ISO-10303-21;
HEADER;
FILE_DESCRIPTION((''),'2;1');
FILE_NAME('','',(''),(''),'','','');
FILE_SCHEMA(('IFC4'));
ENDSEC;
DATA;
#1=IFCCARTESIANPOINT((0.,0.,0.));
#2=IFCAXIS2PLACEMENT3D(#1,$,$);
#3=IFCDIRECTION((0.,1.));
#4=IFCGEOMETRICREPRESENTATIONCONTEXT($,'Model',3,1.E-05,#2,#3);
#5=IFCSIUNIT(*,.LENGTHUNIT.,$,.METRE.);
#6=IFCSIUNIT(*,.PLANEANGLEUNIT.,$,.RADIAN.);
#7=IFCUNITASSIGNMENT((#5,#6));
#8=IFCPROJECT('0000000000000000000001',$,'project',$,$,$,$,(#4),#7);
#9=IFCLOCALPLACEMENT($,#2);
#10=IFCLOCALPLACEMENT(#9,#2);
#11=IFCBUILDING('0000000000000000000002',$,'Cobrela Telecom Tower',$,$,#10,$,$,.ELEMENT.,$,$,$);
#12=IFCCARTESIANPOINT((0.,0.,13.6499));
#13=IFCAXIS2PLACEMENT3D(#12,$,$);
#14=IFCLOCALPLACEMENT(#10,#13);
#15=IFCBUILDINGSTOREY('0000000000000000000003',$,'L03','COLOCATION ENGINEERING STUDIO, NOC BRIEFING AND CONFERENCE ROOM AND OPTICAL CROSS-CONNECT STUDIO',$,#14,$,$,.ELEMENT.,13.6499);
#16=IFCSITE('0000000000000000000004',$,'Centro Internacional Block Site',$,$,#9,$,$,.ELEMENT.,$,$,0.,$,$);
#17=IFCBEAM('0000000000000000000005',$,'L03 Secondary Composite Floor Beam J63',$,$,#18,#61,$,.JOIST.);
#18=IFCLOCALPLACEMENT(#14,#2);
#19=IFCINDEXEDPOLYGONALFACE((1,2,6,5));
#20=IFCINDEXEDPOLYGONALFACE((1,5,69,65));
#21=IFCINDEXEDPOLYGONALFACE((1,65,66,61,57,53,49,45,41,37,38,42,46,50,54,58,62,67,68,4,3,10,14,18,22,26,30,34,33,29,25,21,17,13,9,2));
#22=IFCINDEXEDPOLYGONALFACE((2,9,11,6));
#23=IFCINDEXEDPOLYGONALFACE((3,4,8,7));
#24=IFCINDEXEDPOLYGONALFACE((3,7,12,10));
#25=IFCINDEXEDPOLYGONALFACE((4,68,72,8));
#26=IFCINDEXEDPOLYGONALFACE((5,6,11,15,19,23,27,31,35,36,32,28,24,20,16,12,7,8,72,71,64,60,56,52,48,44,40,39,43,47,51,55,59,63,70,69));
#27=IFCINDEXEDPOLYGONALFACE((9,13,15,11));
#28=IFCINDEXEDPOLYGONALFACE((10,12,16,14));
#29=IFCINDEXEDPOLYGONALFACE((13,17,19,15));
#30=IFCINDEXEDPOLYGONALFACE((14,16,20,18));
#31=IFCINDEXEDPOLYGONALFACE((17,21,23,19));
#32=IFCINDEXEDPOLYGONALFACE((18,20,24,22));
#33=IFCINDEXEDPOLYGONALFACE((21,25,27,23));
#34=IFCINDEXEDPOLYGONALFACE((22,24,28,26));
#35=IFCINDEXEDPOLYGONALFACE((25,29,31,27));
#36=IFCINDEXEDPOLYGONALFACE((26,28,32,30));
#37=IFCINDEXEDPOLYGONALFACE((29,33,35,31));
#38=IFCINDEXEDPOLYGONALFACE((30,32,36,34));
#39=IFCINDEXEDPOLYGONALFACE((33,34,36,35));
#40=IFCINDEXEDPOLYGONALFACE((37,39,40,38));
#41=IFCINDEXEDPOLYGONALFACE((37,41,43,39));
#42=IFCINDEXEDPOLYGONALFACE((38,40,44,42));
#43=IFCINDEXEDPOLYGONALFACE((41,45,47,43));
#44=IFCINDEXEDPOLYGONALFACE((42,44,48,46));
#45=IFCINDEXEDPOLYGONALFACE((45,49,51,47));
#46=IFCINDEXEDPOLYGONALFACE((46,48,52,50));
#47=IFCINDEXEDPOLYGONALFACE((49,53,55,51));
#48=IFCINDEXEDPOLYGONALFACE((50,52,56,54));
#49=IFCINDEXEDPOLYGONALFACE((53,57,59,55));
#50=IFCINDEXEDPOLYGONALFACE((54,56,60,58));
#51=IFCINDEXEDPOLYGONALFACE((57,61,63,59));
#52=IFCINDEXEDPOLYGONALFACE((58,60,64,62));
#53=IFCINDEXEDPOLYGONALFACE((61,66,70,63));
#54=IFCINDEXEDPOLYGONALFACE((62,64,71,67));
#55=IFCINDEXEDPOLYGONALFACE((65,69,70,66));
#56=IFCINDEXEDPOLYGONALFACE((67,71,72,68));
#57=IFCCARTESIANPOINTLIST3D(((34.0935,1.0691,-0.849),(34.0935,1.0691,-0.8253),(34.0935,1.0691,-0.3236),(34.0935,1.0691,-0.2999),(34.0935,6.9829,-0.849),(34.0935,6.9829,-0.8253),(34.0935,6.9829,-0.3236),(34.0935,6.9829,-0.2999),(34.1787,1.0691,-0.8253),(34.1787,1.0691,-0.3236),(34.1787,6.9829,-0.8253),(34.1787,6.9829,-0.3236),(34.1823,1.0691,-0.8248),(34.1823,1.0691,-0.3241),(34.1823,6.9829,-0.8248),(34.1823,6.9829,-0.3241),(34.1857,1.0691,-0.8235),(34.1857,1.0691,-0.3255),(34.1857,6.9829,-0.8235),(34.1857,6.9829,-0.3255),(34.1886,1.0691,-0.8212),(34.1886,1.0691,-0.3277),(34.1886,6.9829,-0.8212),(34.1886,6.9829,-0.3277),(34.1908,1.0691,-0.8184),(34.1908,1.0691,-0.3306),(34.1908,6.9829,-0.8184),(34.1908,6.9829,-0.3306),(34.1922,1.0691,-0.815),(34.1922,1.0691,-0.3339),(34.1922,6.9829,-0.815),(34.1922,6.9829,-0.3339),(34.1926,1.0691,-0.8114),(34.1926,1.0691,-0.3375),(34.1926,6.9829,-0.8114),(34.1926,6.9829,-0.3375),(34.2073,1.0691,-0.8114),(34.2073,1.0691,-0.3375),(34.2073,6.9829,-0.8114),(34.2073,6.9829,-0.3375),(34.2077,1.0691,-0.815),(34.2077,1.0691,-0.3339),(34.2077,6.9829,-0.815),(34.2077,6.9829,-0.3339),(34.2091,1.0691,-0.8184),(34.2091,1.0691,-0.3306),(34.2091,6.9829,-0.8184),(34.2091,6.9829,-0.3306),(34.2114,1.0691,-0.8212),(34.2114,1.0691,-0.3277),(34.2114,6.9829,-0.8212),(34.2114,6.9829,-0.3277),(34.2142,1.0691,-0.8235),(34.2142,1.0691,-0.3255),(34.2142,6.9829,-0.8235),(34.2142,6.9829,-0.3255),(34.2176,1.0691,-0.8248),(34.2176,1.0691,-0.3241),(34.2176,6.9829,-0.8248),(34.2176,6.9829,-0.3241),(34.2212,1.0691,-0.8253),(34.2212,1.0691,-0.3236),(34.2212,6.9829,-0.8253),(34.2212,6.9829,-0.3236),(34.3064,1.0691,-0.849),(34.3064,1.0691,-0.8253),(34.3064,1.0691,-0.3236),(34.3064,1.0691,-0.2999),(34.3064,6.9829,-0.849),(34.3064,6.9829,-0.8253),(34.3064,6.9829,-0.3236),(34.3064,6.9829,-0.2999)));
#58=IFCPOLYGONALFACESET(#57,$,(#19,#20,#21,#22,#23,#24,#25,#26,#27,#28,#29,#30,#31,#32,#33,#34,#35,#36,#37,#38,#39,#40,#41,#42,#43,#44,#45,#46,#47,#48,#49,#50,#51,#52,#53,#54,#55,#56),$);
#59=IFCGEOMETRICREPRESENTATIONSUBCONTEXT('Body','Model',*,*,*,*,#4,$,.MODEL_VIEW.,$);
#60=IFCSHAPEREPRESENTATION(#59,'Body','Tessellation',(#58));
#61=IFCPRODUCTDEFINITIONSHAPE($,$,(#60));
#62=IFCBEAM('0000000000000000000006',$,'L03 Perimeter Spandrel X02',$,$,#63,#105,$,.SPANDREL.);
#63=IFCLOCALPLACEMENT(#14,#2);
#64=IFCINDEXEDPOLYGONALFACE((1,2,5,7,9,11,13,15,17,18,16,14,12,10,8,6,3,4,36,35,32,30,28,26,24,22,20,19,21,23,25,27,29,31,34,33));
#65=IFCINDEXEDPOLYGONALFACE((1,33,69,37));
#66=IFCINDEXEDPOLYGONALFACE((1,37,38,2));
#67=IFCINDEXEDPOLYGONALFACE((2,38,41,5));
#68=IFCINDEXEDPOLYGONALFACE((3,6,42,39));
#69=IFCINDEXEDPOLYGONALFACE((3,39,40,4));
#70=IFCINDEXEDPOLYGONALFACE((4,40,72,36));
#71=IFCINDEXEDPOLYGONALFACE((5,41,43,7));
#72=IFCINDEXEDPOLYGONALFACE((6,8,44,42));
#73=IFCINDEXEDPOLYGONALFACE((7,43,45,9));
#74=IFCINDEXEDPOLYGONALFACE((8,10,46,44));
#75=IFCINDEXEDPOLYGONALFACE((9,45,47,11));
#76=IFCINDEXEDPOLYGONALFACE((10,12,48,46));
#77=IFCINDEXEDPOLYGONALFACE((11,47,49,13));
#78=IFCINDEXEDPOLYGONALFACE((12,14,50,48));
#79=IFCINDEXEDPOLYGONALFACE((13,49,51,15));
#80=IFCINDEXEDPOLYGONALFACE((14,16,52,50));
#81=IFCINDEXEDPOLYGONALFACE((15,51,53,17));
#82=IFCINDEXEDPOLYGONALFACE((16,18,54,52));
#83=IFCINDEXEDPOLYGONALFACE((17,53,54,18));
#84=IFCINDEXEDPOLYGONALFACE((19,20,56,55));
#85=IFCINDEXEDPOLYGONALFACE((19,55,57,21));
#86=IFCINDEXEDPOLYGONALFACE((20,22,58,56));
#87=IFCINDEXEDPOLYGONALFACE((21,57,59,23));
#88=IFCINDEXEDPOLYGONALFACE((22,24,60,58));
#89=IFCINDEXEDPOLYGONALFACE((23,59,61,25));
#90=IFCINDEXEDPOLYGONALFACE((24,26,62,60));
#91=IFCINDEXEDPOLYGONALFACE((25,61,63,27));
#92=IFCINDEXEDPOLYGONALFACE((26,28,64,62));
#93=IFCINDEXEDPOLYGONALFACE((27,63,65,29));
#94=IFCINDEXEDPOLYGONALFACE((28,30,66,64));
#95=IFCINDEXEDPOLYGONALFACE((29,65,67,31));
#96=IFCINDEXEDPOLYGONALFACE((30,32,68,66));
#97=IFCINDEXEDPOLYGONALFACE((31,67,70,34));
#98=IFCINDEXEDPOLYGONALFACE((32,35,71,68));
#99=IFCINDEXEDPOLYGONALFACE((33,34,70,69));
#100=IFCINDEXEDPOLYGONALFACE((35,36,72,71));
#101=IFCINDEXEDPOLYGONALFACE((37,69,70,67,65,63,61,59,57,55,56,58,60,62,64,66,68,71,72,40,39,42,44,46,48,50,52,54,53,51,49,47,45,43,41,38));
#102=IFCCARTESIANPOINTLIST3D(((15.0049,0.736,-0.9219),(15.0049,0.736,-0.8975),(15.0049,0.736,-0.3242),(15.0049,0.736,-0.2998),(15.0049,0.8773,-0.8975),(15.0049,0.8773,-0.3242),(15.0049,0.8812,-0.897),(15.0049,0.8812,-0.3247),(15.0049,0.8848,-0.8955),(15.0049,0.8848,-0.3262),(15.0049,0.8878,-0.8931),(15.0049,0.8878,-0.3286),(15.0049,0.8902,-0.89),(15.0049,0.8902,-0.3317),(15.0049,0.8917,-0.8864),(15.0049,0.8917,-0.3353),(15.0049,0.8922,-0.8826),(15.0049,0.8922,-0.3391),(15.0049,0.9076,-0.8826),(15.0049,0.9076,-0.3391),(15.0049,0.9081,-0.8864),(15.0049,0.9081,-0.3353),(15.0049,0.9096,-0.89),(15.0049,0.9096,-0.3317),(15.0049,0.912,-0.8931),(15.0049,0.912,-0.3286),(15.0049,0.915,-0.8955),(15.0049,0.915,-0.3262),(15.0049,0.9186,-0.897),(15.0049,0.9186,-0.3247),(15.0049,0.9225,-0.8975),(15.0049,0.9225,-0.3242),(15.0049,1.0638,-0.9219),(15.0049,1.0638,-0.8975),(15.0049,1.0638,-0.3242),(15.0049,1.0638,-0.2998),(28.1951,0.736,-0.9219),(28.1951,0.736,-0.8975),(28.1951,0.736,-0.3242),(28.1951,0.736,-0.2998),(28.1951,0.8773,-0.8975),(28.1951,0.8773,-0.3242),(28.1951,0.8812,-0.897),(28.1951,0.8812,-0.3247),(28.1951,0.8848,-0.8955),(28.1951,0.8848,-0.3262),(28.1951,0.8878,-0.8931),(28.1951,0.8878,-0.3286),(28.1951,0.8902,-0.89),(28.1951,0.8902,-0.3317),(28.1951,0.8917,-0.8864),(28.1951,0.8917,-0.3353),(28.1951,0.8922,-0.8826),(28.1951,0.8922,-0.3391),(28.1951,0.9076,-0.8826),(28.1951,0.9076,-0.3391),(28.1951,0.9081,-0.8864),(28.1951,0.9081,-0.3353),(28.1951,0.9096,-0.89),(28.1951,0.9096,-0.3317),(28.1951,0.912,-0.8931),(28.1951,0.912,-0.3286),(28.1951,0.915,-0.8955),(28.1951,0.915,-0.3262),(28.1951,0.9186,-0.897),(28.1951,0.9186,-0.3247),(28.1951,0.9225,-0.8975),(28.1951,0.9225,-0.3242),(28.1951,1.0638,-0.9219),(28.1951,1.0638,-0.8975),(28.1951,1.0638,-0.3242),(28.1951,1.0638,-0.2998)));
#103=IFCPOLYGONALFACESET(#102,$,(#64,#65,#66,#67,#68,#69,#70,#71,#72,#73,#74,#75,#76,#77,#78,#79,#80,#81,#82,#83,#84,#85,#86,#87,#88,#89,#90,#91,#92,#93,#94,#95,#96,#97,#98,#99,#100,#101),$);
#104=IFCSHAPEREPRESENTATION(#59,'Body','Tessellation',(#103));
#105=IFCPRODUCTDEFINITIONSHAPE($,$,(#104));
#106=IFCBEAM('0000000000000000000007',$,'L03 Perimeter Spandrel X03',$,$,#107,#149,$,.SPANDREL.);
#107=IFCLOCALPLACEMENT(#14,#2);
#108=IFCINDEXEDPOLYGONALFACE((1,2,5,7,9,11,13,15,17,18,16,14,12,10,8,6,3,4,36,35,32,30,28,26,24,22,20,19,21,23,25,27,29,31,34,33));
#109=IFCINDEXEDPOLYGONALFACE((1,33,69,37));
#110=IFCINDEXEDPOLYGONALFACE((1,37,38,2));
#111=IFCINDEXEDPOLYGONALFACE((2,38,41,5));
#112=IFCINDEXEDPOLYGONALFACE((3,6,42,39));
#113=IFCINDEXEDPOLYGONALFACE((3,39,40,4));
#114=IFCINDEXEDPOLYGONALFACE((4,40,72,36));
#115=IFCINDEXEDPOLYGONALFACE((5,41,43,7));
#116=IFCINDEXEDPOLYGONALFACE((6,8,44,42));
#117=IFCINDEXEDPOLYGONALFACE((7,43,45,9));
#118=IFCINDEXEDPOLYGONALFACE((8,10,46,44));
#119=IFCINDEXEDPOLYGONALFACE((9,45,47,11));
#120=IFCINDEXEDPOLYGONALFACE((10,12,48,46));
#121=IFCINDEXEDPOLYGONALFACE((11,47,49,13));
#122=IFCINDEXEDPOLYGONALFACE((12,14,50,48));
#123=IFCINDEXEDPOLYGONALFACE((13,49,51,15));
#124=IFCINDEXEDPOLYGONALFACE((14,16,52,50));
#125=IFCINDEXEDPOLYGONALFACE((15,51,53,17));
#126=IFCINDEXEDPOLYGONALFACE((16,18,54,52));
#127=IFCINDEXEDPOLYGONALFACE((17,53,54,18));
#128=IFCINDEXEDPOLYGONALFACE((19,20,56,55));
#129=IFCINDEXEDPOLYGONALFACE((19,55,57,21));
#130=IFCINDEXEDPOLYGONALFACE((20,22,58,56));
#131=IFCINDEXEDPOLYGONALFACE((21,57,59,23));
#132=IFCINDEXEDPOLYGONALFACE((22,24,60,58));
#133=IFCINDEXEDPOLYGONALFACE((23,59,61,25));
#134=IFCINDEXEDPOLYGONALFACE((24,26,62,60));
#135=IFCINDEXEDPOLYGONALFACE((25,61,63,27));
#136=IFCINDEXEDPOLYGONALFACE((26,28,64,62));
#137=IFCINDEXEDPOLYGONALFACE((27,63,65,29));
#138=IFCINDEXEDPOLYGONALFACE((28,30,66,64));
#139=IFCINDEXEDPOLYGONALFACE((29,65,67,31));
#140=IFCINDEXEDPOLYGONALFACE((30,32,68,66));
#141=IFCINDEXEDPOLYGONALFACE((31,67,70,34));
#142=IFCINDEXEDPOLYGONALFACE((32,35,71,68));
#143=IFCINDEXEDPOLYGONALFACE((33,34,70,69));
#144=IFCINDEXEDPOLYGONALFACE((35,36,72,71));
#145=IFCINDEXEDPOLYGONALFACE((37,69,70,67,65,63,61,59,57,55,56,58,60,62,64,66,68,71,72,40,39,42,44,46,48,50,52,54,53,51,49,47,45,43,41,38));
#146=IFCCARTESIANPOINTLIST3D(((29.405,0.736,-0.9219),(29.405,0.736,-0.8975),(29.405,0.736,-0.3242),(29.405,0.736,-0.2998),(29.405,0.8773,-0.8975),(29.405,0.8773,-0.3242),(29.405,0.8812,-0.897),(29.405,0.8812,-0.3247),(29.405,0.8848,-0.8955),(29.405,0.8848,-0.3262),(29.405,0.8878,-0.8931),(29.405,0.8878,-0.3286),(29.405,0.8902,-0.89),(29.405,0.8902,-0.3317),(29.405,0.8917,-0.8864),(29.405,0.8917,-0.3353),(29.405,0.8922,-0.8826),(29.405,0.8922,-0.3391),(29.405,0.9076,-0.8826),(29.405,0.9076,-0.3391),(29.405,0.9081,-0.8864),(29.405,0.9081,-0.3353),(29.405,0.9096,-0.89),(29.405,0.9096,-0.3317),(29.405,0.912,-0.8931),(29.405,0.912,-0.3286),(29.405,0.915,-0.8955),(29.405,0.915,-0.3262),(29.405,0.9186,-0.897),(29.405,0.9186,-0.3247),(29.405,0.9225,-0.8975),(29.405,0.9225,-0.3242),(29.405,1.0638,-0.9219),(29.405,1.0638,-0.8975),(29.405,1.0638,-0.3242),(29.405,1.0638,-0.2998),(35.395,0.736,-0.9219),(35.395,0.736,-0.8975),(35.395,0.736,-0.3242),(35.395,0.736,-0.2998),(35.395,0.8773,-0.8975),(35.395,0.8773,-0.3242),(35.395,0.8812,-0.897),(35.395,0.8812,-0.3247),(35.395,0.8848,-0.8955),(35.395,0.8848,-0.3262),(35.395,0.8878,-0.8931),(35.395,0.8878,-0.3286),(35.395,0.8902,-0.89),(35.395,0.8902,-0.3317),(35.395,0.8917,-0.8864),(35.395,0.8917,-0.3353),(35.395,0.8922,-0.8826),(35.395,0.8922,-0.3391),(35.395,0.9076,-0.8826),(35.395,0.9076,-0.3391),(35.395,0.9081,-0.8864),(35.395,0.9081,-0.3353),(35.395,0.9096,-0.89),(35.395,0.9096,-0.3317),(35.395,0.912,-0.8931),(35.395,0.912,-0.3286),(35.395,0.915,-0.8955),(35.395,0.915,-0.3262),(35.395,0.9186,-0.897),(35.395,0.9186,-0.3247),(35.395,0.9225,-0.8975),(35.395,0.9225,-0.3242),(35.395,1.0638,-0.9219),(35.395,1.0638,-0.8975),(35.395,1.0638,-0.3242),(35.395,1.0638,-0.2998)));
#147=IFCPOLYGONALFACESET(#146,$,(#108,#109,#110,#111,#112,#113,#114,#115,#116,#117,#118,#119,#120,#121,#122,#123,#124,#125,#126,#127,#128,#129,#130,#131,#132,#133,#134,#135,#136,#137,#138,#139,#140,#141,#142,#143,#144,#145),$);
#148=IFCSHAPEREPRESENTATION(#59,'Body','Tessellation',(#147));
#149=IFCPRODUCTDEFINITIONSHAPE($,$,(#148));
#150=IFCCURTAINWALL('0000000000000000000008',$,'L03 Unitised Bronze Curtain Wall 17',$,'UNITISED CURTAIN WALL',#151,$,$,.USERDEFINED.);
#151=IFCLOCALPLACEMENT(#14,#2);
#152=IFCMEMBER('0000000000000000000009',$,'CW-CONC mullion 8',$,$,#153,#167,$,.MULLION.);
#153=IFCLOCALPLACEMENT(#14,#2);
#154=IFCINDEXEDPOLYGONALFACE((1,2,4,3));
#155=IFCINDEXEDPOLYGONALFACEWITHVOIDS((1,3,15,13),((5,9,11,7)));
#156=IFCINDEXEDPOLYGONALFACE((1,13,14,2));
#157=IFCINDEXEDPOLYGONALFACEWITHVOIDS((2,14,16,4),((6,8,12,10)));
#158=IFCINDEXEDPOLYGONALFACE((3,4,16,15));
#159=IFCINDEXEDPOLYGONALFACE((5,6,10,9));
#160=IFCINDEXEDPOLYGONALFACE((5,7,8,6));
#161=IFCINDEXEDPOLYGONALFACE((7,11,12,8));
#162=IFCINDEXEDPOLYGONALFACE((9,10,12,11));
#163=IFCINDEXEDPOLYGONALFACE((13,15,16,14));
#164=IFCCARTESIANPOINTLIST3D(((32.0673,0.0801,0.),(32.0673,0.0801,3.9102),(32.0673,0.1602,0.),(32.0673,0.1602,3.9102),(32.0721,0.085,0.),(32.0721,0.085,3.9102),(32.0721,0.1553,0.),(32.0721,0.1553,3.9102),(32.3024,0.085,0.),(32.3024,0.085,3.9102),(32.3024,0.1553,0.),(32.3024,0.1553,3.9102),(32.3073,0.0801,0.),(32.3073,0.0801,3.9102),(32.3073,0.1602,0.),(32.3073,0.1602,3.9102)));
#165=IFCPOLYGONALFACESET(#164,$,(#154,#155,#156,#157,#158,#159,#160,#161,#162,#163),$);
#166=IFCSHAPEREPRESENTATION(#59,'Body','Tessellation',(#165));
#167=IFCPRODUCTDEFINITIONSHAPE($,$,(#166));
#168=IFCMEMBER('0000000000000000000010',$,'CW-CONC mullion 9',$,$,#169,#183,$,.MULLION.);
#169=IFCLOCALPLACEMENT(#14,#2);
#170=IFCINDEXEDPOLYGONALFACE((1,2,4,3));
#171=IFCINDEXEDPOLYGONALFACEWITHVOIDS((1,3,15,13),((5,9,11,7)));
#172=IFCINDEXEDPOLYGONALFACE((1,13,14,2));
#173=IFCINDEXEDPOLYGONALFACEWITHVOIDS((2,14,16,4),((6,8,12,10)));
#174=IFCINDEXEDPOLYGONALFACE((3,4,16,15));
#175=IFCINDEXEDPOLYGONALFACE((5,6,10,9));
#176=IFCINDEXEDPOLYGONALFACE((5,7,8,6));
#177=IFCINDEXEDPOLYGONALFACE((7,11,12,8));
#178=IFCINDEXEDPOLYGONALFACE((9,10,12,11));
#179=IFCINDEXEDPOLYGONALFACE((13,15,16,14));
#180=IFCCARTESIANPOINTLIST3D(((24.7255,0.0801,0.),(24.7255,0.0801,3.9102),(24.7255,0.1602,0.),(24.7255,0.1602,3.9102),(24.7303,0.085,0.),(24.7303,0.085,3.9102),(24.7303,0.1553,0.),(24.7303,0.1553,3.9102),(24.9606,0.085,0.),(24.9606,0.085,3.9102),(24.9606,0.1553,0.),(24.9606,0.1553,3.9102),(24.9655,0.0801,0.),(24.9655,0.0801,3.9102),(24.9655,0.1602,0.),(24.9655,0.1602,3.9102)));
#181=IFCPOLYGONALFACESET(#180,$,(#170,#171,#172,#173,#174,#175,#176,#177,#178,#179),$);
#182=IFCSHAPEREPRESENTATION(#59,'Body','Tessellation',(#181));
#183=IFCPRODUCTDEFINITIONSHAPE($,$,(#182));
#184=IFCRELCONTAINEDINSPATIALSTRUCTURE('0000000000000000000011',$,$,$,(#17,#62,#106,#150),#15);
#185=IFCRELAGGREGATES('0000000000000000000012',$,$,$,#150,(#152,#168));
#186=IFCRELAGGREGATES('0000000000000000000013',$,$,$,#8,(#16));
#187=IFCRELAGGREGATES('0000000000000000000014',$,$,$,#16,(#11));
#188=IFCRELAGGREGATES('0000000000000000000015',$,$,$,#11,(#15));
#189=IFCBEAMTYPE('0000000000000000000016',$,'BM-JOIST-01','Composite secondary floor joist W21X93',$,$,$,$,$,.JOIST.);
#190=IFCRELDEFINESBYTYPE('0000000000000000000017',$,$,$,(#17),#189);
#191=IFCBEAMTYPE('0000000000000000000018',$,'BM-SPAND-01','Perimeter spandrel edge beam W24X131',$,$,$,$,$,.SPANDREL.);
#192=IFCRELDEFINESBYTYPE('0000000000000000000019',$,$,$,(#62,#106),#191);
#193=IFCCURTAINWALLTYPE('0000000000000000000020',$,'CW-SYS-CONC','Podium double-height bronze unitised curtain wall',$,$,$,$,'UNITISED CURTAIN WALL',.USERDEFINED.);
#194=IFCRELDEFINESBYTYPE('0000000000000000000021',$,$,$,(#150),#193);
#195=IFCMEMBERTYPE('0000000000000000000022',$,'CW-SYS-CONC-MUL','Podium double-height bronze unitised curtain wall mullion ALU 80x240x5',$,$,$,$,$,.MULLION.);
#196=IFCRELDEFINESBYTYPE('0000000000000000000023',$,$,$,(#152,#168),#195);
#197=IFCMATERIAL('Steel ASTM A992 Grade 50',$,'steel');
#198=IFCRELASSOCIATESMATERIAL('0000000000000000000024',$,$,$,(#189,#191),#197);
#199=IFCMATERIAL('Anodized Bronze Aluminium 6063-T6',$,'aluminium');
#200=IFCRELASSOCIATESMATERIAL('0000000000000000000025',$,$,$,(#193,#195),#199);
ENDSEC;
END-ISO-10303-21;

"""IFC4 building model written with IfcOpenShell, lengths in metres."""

from ifc_helpers import new_model, si_unit, direction, frame, origin, origin_2d, place, context, subcontext, project, spatial, hollow_rectangle, i_section, extrude, material, material_profile, profile_set, type_object, element, aggregate, save


model = new_model("IFC4")

# Units and contexts
model_context = context("Model", 3, precision=1e-05, world=origin(), true_north=direction((0.0, 1.0)))
body_context = subcontext(model_context, "Body", "Model", "MODEL_VIEW")
ifc_project = project(units=[si_unit("LENGTHUNIT", "METRE"), si_unit("PLANEANGLEUNIT", "RADIAN")], contexts=[model_context])

# Site, building, storey
site_placement = place(None, origin())
site = spatial("IfcSite", under=ifc_project, at=site_placement, Name="Centro Internacional Block Site", CompositionType="ELEMENT", RefElevation=0.0)
building_placement = place(site_placement, origin())
building = spatial("IfcBuilding", under=site, at=building_placement, Name="Cobrela Telecom Tower", CompositionType="ELEMENT")
storey_placement = place(building_placement, frame((0.0, 0.0, 13.6499)))
storey = spatial("IfcBuildingStorey", under=building, at=storey_placement, Name="L03", Description="COLOCATION ENGINEERING STUDIO, NOC BRIEFING AND CONFERENCE ROOM AND OPTICAL CROSS-CONNECT STUDIO", CompositionType="ELEMENT", Elevation=13.6499)

# Beams
ifc_material_1 = material(Name="Steel ASTM A992 Grade 50", Category="steel")
ifc_material_profile_1 = material_profile(ifc_material_1, i_section(OverallWidth=0.2129, OverallDepth=0.5491, WebThickness=0.0146, FlangeThickness=0.0237, FilletRadius=0.0139, at=origin_2d()), Name="W21X93")
ifc_profile_set_1 = profile_set([ifc_material_profile_1], Name="Steel ASTM A992 Grade 50")
beam_type_1 = type_object("IfcBeamType", Name="BM-JOIST-01", Description="Composite secondary floor joist W21X93", PredefinedType="JOIST", material=ifc_profile_set_1)
for number, where, z_axis, x_axis, name in (
    (1, (34.2, 1.0691, -0.5745), (0.0, 1.0, 0.0), (-1.0, 0.0, 0.0), "L03 Secondary Composite Floor Beam J63"),
):
    element("IfcBeam", number, at=place(storey_placement, frame(where, z_axis=z_axis, x_axis=x_axis)), inside=storey, type_object=beam_type_1, Name=name, PredefinedType="JOIST", context=body_context, shape_type="SweptSolid", body=[
        extrude(i_section(OverallWidth=0.2129, OverallDepth=0.5491, WebThickness=0.0146, FlangeThickness=0.0237, FilletRadius=0.0139, at=origin_2d()), origin(), (0.0, 0.0, 1.0), 5.9138),
    ])
ifc_material_profile_2 = material_profile(ifc_material_1, i_section(OverallWidth=0.3279, OverallDepth=0.6221, WebThickness=0.0154, FlangeThickness=0.0244, FilletRadius=0.0149, at=origin_2d()), Name="W24X131")
ifc_profile_set_2 = profile_set([ifc_material_profile_2], Name="Steel ASTM A992 Grade 50")
beam_type_2 = type_object("IfcBeamType", Name="BM-SPAND-01", Description="Perimeter spandrel edge beam W24X131", PredefinedType="SPANDREL", material=ifc_profile_set_2)
beam_1_placement = place(storey_placement, frame((15.0049, 0.8999, -0.6108), z_axis=(1.0, 0.0, 0.0), x_axis=(0.0, 1.0, 0.0)))
element("IfcBeam", 2, at=beam_1_placement, inside=storey, type_object=beam_type_2, Name="L03 Perimeter Spandrel X02", PredefinedType="SPANDREL", context=body_context, shape_type="SweptSolid", body=[
    extrude(i_section(OverallWidth=0.3279, OverallDepth=0.6221, WebThickness=0.0154, FlangeThickness=0.0244, FilletRadius=0.0149, at=origin_2d()), origin(), (0.0, 0.0, 1.0), 13.1902),
])
beam_2_placement = place(storey_placement, frame((29.405, 0.8999, -0.6108), z_axis=(1.0, 0.0, 0.0), x_axis=(0.0, 1.0, 0.0)))
element("IfcBeam", 3, at=beam_2_placement, inside=storey, type_object=beam_type_2, Name="L03 Perimeter Spandrel X03", PredefinedType="SPANDREL", context=body_context, shape_type="SweptSolid", body=[
    extrude(i_section(OverallWidth=0.3279, OverallDepth=0.6221, WebThickness=0.0154, FlangeThickness=0.0244, FilletRadius=0.0149, at=origin_2d()), origin(), (0.0, 0.0, 1.0), 5.99),
])

# Curtain wall, members
ifc_material_2 = material(Name="Anodized Bronze Aluminium 6063-T6", Category="aluminium")
curtain_wall_type = type_object("IfcCurtainWallType", Name="CW-SYS-CONC", Description="Podium double-height bronze unitised curtain wall", ElementType="UNITISED CURTAIN WALL", PredefinedType="USERDEFINED", material=ifc_material_2)
curtain_wall_placement = place(storey_placement, origin())
curtain_wall = element("IfcCurtainWall", 4, at=curtain_wall_placement, inside=storey, type_object=curtain_wall_type, Name="L03 Unitised Bronze Curtain Wall 17", ObjectType="UNITISED CURTAIN WALL", PredefinedType="USERDEFINED")
ifc_material_profile_3 = material_profile(ifc_material_2, hollow_rectangle(XDim=0.0801, YDim=0.24, WallThickness=0.0049, at=origin_2d()), Name="ALU 80x240x5")
ifc_profile_set_3 = profile_set([ifc_material_profile_3], Name="Anodized Bronze Aluminium 6063-T6")
member_type_1 = type_object("IfcMemberType", Name="CW-SYS-CONC-MUL", Description="Podium double-height bronze unitised curtain wall mullion ALU 80x240x5", PredefinedType="MULLION", material=ifc_profile_set_3)
member_1_placement = place(storey_placement, frame((32.1873, 0.1201, 0.0), z_axis=(0.0, 0.0, 1.0), x_axis=(0.0, -1.0, 0.0)))
member_1 = element("IfcMember", 5, at=member_1_placement, type_object=member_type_1, Name="CW-CONC mullion 8", PredefinedType="MULLION", context=body_context, shape_type="SweptSolid", body=[
    extrude(hollow_rectangle(XDim=0.0801, YDim=0.24, WallThickness=0.0049, at=origin_2d()), origin(), (0.0, 0.0, 1.0), 3.9102),
])
member_2_placement = place(storey_placement, frame((24.8455, 0.1201, 0.0), z_axis=(0.0, 0.0, 1.0), x_axis=(0.0, -1.0, 0.0)))
member_2 = element("IfcMember", 6, at=member_2_placement, type_object=member_type_1, Name="CW-CONC mullion 9", PredefinedType="MULLION", context=body_context, shape_type="SweptSolid", body=[
    extrude(hollow_rectangle(XDim=0.0801, YDim=0.24, WallThickness=0.0049, at=origin_2d()), origin(), (0.0, 0.0, 1.0), 3.9102),
])
aggregate(curtain_wall, [member_1, member_2])

save(model, "model.ifc")
